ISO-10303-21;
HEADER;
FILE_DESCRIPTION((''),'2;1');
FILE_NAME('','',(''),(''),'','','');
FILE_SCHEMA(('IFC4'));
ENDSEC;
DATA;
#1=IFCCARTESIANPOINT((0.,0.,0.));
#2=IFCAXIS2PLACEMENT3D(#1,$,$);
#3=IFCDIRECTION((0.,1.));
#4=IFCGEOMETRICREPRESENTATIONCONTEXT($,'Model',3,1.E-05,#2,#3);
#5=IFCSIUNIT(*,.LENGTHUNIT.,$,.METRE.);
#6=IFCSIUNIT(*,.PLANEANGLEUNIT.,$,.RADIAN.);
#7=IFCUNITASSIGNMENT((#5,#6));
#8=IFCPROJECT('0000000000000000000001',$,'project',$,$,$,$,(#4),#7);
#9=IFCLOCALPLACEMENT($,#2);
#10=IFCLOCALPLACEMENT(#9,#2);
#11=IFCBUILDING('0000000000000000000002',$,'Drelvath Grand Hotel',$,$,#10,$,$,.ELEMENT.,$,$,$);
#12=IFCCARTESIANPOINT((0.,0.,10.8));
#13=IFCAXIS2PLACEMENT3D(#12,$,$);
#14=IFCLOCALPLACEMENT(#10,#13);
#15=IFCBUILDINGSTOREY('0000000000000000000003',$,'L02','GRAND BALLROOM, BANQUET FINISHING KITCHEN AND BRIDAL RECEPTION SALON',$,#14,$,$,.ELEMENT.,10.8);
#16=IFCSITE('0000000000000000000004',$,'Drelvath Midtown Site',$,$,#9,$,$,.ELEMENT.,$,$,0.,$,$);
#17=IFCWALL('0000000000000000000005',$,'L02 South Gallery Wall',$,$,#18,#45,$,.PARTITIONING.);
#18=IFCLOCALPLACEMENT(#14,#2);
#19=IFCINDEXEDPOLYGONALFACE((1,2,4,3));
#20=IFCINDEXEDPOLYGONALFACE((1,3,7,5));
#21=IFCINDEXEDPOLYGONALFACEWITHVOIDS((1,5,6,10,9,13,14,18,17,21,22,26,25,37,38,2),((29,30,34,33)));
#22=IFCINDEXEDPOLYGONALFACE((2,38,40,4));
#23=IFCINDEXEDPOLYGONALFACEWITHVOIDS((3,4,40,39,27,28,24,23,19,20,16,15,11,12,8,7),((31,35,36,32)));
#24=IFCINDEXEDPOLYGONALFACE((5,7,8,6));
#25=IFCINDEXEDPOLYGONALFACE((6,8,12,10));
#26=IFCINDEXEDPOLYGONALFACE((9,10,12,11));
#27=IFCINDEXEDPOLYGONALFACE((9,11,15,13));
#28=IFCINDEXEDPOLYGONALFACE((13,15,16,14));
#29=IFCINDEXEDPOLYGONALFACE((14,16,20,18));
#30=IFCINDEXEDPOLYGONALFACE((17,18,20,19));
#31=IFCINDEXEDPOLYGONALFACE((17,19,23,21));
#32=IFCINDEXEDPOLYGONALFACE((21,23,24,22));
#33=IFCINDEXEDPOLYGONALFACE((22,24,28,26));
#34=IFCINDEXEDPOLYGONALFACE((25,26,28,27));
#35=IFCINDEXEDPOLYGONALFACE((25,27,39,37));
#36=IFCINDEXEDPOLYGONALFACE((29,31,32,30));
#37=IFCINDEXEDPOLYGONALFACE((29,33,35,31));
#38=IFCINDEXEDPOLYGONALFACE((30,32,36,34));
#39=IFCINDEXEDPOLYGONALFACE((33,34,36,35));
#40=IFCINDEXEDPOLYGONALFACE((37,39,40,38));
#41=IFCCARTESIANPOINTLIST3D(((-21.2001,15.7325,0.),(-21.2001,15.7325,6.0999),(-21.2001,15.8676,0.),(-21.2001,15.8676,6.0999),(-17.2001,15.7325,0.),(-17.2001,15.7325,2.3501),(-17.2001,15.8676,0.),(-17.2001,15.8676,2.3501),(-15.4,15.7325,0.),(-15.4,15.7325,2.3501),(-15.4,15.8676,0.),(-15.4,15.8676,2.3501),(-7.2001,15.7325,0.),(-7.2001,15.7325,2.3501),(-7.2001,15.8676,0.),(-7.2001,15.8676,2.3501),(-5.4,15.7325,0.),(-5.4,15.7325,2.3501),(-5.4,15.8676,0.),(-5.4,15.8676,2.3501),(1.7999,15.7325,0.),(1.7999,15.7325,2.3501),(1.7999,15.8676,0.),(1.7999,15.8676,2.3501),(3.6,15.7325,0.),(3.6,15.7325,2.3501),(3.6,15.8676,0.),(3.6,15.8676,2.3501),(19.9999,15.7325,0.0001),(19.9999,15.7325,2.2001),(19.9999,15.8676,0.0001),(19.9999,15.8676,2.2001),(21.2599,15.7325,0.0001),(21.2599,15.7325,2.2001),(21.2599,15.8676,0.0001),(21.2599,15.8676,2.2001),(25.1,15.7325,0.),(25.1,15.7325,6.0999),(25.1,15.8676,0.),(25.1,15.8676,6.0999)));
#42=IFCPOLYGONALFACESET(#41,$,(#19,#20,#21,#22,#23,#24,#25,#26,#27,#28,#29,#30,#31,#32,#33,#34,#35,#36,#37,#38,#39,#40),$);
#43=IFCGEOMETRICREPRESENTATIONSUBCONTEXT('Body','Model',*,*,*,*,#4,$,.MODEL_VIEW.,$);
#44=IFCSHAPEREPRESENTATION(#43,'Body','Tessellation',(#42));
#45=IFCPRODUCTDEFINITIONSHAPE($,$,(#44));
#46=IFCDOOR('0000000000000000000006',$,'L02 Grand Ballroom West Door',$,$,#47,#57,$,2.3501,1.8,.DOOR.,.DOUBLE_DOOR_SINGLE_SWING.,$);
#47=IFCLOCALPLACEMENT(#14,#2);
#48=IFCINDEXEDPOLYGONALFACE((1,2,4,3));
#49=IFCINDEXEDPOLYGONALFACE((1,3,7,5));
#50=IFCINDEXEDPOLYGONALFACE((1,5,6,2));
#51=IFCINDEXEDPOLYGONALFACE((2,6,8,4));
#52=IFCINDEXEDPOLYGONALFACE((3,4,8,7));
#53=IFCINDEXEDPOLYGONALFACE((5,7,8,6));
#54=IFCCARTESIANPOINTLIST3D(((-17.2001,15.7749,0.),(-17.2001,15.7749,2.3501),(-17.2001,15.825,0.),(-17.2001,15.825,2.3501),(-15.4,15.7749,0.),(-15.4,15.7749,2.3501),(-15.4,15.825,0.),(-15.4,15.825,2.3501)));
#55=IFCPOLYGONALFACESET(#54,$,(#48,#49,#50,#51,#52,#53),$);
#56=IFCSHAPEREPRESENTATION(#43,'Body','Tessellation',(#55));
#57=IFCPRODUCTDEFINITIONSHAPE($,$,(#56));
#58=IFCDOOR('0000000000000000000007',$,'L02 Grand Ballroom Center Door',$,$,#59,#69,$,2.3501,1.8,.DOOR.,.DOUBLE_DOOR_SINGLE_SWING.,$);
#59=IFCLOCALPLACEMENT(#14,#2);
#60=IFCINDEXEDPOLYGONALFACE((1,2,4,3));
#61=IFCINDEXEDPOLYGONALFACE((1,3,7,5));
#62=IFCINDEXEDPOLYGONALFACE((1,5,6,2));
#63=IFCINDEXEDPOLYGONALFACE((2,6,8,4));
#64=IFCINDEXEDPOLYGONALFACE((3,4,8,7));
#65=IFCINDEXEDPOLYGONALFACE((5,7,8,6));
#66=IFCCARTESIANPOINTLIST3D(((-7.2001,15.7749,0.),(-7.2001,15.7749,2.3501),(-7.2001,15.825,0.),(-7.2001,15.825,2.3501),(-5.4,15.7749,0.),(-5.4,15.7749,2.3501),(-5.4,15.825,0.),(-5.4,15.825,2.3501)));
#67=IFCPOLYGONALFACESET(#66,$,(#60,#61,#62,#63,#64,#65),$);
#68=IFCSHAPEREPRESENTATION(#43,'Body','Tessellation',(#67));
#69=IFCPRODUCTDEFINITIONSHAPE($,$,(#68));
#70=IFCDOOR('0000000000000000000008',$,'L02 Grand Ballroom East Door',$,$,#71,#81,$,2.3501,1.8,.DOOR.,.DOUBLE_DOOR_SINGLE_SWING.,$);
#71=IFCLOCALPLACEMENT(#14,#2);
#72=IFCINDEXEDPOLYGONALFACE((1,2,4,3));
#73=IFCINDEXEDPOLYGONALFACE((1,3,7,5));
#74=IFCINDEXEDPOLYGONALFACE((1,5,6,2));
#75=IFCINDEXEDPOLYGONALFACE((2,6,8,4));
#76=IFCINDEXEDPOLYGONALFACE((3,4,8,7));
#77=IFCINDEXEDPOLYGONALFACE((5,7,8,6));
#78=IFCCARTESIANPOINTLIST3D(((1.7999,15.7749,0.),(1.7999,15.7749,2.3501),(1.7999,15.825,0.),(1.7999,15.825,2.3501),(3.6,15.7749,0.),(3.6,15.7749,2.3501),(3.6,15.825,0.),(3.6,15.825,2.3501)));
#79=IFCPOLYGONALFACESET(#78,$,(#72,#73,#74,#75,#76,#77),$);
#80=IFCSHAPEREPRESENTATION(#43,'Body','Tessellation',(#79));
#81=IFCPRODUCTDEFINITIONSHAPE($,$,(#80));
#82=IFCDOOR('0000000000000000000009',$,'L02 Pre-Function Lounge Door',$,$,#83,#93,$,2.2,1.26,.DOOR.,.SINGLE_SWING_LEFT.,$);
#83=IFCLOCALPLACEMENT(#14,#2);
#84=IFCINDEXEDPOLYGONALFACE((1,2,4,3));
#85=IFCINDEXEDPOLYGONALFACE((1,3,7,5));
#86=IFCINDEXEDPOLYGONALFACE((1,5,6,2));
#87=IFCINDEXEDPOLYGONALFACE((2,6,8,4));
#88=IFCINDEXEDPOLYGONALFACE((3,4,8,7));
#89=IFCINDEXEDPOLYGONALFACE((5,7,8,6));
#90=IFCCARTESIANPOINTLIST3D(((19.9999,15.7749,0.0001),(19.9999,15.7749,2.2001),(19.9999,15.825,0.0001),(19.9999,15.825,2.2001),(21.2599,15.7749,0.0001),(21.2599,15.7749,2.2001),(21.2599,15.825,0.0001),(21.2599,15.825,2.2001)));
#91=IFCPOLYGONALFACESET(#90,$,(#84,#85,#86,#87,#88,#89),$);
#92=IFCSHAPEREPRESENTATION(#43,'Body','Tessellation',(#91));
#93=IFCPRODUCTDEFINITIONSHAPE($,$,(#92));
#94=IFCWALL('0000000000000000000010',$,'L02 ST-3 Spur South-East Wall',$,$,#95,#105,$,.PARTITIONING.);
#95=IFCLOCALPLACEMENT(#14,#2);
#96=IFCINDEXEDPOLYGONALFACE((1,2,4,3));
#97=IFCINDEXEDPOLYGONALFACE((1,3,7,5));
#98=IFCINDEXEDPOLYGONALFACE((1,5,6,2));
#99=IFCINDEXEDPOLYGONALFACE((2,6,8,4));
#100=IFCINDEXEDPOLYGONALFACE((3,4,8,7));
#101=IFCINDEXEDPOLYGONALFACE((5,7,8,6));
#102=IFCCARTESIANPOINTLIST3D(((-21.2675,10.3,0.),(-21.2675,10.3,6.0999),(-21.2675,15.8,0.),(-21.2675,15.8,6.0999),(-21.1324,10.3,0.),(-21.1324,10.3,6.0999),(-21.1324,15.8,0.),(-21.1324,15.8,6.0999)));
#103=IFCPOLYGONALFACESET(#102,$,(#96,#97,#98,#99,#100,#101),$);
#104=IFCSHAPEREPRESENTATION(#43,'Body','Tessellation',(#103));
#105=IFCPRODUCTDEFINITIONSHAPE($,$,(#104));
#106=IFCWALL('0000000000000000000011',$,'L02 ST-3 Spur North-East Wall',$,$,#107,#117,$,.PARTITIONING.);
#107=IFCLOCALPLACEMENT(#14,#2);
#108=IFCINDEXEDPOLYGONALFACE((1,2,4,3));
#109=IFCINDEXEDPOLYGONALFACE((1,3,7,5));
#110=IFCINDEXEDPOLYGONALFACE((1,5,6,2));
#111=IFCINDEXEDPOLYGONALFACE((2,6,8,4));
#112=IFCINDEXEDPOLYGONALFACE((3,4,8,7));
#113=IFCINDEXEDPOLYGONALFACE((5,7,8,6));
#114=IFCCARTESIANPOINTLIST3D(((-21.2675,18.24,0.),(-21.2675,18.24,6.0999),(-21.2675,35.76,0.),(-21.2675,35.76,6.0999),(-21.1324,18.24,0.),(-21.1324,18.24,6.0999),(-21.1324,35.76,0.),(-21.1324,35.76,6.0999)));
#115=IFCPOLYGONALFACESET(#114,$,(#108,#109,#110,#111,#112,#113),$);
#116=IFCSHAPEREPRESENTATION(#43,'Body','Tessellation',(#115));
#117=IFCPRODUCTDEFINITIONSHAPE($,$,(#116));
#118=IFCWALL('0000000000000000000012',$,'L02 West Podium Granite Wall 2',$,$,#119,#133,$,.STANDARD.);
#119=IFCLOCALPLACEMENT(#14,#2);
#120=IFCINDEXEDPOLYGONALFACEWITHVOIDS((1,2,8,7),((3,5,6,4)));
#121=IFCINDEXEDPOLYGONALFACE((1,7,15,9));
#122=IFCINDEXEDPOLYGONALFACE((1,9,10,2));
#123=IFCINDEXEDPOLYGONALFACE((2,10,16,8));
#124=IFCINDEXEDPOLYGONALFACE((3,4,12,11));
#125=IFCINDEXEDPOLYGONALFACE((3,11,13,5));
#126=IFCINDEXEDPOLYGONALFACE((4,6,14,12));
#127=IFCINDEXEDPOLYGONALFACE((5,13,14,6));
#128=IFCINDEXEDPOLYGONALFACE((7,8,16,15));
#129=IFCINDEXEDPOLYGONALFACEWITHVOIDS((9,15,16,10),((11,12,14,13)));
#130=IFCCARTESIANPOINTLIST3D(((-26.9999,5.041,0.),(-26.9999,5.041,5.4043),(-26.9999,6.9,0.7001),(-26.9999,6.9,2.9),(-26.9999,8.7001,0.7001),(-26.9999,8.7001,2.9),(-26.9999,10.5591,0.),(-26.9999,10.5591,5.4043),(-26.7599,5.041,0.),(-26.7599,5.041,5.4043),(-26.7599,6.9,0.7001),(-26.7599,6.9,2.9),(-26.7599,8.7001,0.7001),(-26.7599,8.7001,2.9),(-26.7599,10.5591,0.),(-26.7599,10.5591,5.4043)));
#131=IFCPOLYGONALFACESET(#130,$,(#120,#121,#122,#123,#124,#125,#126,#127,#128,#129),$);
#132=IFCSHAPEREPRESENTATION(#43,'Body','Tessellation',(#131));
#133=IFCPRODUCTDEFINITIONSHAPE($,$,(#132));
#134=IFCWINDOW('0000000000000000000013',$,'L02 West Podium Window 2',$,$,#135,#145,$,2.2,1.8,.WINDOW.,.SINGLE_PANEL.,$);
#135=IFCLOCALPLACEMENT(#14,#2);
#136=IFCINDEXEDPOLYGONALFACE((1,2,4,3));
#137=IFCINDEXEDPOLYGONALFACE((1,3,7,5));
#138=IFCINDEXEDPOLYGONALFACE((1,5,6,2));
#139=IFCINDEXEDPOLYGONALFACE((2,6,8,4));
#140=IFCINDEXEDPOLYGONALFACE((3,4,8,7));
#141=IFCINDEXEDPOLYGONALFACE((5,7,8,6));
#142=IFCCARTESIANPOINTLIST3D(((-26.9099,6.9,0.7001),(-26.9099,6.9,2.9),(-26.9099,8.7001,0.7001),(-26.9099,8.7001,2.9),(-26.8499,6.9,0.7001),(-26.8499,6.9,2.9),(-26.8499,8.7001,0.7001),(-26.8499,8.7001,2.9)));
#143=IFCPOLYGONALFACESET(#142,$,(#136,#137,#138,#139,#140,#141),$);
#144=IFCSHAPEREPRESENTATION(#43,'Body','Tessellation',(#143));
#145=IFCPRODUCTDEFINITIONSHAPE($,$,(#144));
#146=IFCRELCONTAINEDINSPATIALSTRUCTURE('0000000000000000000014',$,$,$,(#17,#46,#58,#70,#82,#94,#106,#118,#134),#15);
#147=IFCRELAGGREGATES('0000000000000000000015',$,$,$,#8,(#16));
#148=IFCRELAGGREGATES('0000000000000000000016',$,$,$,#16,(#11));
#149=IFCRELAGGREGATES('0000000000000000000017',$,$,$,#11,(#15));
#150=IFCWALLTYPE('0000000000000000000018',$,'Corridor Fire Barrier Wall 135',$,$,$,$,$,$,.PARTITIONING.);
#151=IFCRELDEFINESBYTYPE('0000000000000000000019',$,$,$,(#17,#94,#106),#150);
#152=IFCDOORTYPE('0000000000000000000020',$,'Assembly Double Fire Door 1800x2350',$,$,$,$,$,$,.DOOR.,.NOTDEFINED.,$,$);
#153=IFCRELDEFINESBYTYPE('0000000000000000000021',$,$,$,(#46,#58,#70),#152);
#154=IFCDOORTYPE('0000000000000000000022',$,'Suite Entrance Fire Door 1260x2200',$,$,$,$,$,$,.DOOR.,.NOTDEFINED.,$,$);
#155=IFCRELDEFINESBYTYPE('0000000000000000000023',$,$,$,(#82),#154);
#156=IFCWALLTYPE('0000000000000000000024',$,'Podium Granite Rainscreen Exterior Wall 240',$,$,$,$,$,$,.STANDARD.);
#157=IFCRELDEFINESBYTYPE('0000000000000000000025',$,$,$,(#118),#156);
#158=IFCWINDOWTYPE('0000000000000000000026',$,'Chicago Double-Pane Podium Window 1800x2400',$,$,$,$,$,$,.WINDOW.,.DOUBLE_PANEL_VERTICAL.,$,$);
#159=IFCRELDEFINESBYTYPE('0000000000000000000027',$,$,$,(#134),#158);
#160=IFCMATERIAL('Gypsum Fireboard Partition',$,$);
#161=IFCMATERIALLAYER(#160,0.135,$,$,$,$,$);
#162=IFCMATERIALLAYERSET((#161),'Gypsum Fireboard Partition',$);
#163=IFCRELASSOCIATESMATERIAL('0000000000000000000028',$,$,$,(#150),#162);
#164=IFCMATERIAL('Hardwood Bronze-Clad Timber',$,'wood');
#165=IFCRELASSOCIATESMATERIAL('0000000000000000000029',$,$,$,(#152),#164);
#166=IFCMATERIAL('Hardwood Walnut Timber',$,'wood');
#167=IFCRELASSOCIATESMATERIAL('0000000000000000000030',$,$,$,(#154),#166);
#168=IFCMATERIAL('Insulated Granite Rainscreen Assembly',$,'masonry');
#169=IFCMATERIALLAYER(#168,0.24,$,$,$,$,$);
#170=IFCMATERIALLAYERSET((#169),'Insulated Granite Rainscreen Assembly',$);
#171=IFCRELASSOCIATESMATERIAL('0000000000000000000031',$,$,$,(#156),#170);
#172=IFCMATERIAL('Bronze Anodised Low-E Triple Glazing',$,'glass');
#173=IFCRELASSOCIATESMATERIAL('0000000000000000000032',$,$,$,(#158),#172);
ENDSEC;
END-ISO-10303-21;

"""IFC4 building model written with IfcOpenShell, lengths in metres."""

from ifc_helpers import new_model, si_unit, direction, frame, frame_2d, origin, place, context, subcontext, project, spatial, rectangle, extrude, material, layer, layer_set, type_object, element, fill, save


model = new_model("IFC4")

# Units and contexts
model_context = context("Model", 3, precision=1e-05, world=origin(), true_north=direction((0.0, 1.0)))
body_context = subcontext(model_context, "Body", "Model", "MODEL_VIEW")
ifc_project = project(units=[si_unit("LENGTHUNIT", "METRE"), si_unit("PLANEANGLEUNIT", "RADIAN")], contexts=[model_context])

# Site, building, storey
site_placement = place(None, origin())
site = spatial("IfcSite", under=ifc_project, at=site_placement, Name="Drelvath Midtown Site", CompositionType="ELEMENT", RefElevation=0.0)
building_placement = place(site_placement, origin())
building = spatial("IfcBuilding", under=site, at=building_placement, Name="Drelvath Grand Hotel", CompositionType="ELEMENT")
storey_placement = place(building_placement, frame((0.0, 0.0, 10.8)))
storey = spatial("IfcBuildingStorey", under=building, at=storey_placement, Name="L02", Description="GRAND BALLROOM, BANQUET FINISHING KITCHEN AND BRIDAL RECEPTION SALON", CompositionType="ELEMENT", Elevation=10.8)

# Wall, openings, doors
ifc_material_1 = material(Name="Gypsum Fireboard Partition")
ifc_layer_1 = layer(ifc_material_1, 0.135)
ifc_layer_set_1 = layer_set([ifc_layer_1], Name="Gypsum Fireboard Partition")
wall_type_1 = type_object("IfcWallType", Name="Corridor Fire Barrier Wall 135", PredefinedType="PARTITIONING", material=ifc_layer_set_1)
wall_1_placement = place(storey_placement, frame((-21.2, 15.8, 0.0), z_axis=(0.0, 0.0, 1.0), x_axis=(1.0, 0.0, 0.0)))
wall_1 = element("IfcWall", 1, at=wall_1_placement, inside=storey, type_object=wall_type_1, Name="L02 South Gallery Wall", PredefinedType="PARTITIONING", context=body_context, shape_type="SweptSolid", body=[
    extrude(rectangle(XDim=46.3, YDim=0.135, at=frame_2d((23.1499, 0.0))), origin(), (0.0, 0.0, 1.0), 6.0999),
])
opening_1_placement = place(wall_1_placement, frame((4.0, 0.0, 0.0)))
opening_1 = element("IfcOpeningElement", 2, at=opening_1_placement, cuts=wall_1, PredefinedType="OPENING", context=body_context, shape_type="SweptSolid", body=[
    extrude(rectangle(XDim=1.8, YDim=2.3501, at=frame_2d((0.8999, 1.175))), frame((0.0, 0.0774, 0.0), z_axis=(0.0, -1.0, 0.0), x_axis=(1.0, 0.0, 0.0)), (0.0, 0.0, 1.0), 0.155),
])
opening_2_placement = place(wall_1_placement, frame((14.0, 0.0, 0.0)))
opening_2 = element("IfcOpeningElement", 3, at=opening_2_placement, cuts=wall_1, PredefinedType="OPENING", context=body_context, shape_type="SweptSolid", body=[
    extrude(rectangle(XDim=1.8, YDim=2.3501, at=frame_2d((0.8999, 1.175))), frame((0.0, 0.0774, 0.0), z_axis=(0.0, -1.0, 0.0), x_axis=(1.0, 0.0, 0.0)), (0.0, 0.0, 1.0), 0.155),
])
opening_3_placement = place(wall_1_placement, frame((23.0, 0.0, 0.0)))
opening_3 = element("IfcOpeningElement", 4, at=opening_3_placement, cuts=wall_1, PredefinedType="OPENING", context=body_context, shape_type="SweptSolid", body=[
    extrude(rectangle(XDim=1.8, YDim=2.3501, at=frame_2d((0.8999, 1.175))), frame((0.0, 0.0774, 0.0), z_axis=(0.0, -1.0, 0.0), x_axis=(1.0, 0.0, 0.0)), (0.0, 0.0, 1.0), 0.155),
])
opening_4_placement = place(wall_1_placement, frame((41.2, 0.0, 0.0)))
opening_4 = element("IfcOpeningElement", 5, at=opening_4_placement, cuts=wall_1, PredefinedType="OPENING", context=body_context, shape_type="SweptSolid", body=[
    extrude(rectangle(XDim=1.26, YDim=2.2, at=frame_2d((0.6299, 1.1001))), frame((0.0, 0.0774, 0.0), z_axis=(0.0, -1.0, 0.0), x_axis=(1.0, 0.0, 0.0)), (0.0, 0.0, 1.0), 0.155),
])
ifc_material_2 = material(Name="Hardwood Bronze-Clad Timber", Category="wood")
door_type_1 = type_object("IfcDoorType", Name="Assembly Double Fire Door 1800x2350", OperationType="NOTDEFINED", PredefinedType="DOOR", material=ifc_material_2)
door_1_placement = place(opening_1_placement, origin())
door_1 = element("IfcDoor", 6, at=door_1_placement, inside=storey, type_object=door_type_1, Name="L02 Grand Ballroom West Door", OperationType="DOUBLE_DOOR_SINGLE_SWING", OverallHeight=2.3501, OverallWidth=1.8, PredefinedType="DOOR", context=body_context, shape_type="SweptSolid", body=[
    extrude(rectangle(XDim=1.8, YDim=2.3501, at=frame_2d((0.8999, 1.175))), frame((0.0, 0.0249, 0.0), z_axis=(0.0, -1.0, 0.0), x_axis=(1.0, 0.0, 0.0)), (0.0, 0.0, 1.0), 0.05),
])
fill(opening_1, door_1)
door_2_placement = place(opening_2_placement, origin())
door_2 = element("IfcDoor", 7, at=door_2_placement, inside=storey, type_object=door_type_1, Name="L02 Grand Ballroom Center Door", OperationType="DOUBLE_DOOR_SINGLE_SWING", OverallHeight=2.3501, OverallWidth=1.8, PredefinedType="DOOR", context=body_context, shape_type="SweptSolid", body=[
    extrude(rectangle(XDim=1.8, YDim=2.3501, at=frame_2d((0.8999, 1.175))), frame((0.0, 0.0249, 0.0), z_axis=(0.0, -1.0, 0.0), x_axis=(1.0, 0.0, 0.0)), (0.0, 0.0, 1.0), 0.05),
])
fill(opening_2, door_2)
door_3_placement = place(opening_3_placement, origin())
door_3 = element("IfcDoor", 8, at=door_3_placement, inside=storey, type_object=door_type_1, Name="L02 Grand Ballroom East Door", OperationType="DOUBLE_DOOR_SINGLE_SWING", OverallHeight=2.3501, OverallWidth=1.8, PredefinedType="DOOR", context=body_context, shape_type="SweptSolid", body=[
    extrude(rectangle(XDim=1.8, YDim=2.3501, at=frame_2d((0.8999, 1.175))), frame((0.0, 0.0249, 0.0), z_axis=(0.0, -1.0, 0.0), x_axis=(1.0, 0.0, 0.0)), (0.0, 0.0, 1.0), 0.05),
])
fill(opening_3, door_3)
ifc_material_3 = material(Name="Hardwood Walnut Timber", Category="wood")
door_type_2 = type_object("IfcDoorType", Name="Suite Entrance Fire Door 1260x2200", OperationType="NOTDEFINED", PredefinedType="DOOR", material=ifc_material_3)
door_4_placement = place(opening_4_placement, origin())
door_4 = element("IfcDoor", 9, at=door_4_placement, inside=storey, type_object=door_type_2, Name="L02 Pre-Function Lounge Door", OperationType="SINGLE_SWING_LEFT", OverallHeight=2.2, OverallWidth=1.26, PredefinedType="DOOR", context=body_context, shape_type="SweptSolid", body=[
    extrude(rectangle(XDim=1.26, YDim=2.2, at=frame_2d((0.6299, 1.1001))), frame((0.0, 0.0249, 0.0), z_axis=(0.0, -1.0, 0.0), x_axis=(1.0, 0.0, 0.0)), (0.0, 0.0, 1.0), 0.05),
])
fill(opening_4, door_4)

# Walls
wall_2_placement = place(storey_placement, frame((-21.2, 10.3, 0.0), z_axis=(0.0, 0.0, 1.0), x_axis=(0.0, 1.0, 0.0)))
element("IfcWall", 10, at=wall_2_placement, inside=storey, type_object=wall_type_1, Name="L02 ST-3 Spur South-East Wall", PredefinedType="PARTITIONING", context=body_context, shape_type="SweptSolid", body=[
    extrude(rectangle(XDim=5.5, YDim=0.135, at=frame_2d((2.75, 0.0))), origin(), (0.0, 0.0, 1.0), 6.0999),
])
wall_3_placement = place(storey_placement, frame((-21.2, 18.24, 0.0), z_axis=(0.0, 0.0, 1.0), x_axis=(0.0, 1.0, 0.0)))
element("IfcWall", 11, at=wall_3_placement, inside=storey, type_object=wall_type_1, Name="L02 ST-3 Spur North-East Wall", PredefinedType="PARTITIONING", context=body_context, shape_type="SweptSolid", body=[
    extrude(rectangle(XDim=17.52, YDim=0.135, at=frame_2d((8.76, 0.0))), origin(), (0.0, 0.0, 1.0), 6.0999),
])

# Wall, opening, window
ifc_material_4 = material(Name="Insulated Granite Rainscreen Assembly", Category="masonry")
ifc_layer_2 = layer(ifc_material_4, 0.24)
ifc_layer_set_2 = layer_set([ifc_layer_2], Name="Insulated Granite Rainscreen Assembly")
wall_type_2 = type_object("IfcWallType", Name="Podium Granite Rainscreen Exterior Wall 240", PredefinedType="STANDARD", material=ifc_layer_set_2)
wall_4_placement = place(storey_placement, frame((-26.8799, 5.041, 0.0), z_axis=(0.0, 0.0, 1.0), x_axis=(0.0, 1.0, 0.0)))
wall_4 = element("IfcWall", 12, at=wall_4_placement, inside=storey, type_object=wall_type_2, Name="L02 West Podium Granite Wall 2", PredefinedType="STANDARD", context=body_context, shape_type="SweptSolid", body=[
    extrude(rectangle(XDim=5.5181, YDim=0.24, at=frame_2d((2.759, 0.0))), origin(), (0.0, 0.0, 1.0), 5.4043),
])
opening_5_placement = place(wall_4_placement, frame((1.8591, 0.0, 0.7)))
opening_5 = element("IfcOpeningElement", 13, at=opening_5_placement, cuts=wall_4, PredefinedType="OPENING", context=body_context, shape_type="SweptSolid", body=[
    extrude(rectangle(XDim=1.8, YDim=2.2, at=frame_2d((0.8999, 1.1001))), frame((0.0, 0.1299, 0.0), z_axis=(0.0, -1.0, 0.0), x_axis=(1.0, 0.0, 0.0)), (0.0, 0.0, 1.0), 0.26),
])
ifc_material_5 = material(Name="Bronze Anodised Low-E Triple Glazing", Category="glass")
window_type_1 = type_object("IfcWindowType", Name="Chicago Double-Pane Podium Window 1800x2400", PartitioningType="DOUBLE_PANEL_VERTICAL", PredefinedType="WINDOW", material=ifc_material_5)
window_1_placement = place(opening_5_placement, origin())
window_1 = element("IfcWindow", 14, at=window_1_placement, inside=storey, type_object=window_type_1, Name="L02 West Podium Window 2", OverallHeight=2.2, OverallWidth=1.8, PartitioningType="SINGLE_PANEL", PredefinedType="WINDOW", context=body_context, shape_type="SweptSolid", body=[
    extrude(rectangle(XDim=1.8, YDim=2.2, at=frame_2d((0.8999, 1.1001))), frame((0.0, 0.03, 0.0), z_axis=(0.0, -1.0, 0.0), x_axis=(1.0, 0.0, 0.0)), (0.0, 0.0, 1.0), 0.0601),
])
fill(opening_5, window_1)

save(model, "model.ifc")
